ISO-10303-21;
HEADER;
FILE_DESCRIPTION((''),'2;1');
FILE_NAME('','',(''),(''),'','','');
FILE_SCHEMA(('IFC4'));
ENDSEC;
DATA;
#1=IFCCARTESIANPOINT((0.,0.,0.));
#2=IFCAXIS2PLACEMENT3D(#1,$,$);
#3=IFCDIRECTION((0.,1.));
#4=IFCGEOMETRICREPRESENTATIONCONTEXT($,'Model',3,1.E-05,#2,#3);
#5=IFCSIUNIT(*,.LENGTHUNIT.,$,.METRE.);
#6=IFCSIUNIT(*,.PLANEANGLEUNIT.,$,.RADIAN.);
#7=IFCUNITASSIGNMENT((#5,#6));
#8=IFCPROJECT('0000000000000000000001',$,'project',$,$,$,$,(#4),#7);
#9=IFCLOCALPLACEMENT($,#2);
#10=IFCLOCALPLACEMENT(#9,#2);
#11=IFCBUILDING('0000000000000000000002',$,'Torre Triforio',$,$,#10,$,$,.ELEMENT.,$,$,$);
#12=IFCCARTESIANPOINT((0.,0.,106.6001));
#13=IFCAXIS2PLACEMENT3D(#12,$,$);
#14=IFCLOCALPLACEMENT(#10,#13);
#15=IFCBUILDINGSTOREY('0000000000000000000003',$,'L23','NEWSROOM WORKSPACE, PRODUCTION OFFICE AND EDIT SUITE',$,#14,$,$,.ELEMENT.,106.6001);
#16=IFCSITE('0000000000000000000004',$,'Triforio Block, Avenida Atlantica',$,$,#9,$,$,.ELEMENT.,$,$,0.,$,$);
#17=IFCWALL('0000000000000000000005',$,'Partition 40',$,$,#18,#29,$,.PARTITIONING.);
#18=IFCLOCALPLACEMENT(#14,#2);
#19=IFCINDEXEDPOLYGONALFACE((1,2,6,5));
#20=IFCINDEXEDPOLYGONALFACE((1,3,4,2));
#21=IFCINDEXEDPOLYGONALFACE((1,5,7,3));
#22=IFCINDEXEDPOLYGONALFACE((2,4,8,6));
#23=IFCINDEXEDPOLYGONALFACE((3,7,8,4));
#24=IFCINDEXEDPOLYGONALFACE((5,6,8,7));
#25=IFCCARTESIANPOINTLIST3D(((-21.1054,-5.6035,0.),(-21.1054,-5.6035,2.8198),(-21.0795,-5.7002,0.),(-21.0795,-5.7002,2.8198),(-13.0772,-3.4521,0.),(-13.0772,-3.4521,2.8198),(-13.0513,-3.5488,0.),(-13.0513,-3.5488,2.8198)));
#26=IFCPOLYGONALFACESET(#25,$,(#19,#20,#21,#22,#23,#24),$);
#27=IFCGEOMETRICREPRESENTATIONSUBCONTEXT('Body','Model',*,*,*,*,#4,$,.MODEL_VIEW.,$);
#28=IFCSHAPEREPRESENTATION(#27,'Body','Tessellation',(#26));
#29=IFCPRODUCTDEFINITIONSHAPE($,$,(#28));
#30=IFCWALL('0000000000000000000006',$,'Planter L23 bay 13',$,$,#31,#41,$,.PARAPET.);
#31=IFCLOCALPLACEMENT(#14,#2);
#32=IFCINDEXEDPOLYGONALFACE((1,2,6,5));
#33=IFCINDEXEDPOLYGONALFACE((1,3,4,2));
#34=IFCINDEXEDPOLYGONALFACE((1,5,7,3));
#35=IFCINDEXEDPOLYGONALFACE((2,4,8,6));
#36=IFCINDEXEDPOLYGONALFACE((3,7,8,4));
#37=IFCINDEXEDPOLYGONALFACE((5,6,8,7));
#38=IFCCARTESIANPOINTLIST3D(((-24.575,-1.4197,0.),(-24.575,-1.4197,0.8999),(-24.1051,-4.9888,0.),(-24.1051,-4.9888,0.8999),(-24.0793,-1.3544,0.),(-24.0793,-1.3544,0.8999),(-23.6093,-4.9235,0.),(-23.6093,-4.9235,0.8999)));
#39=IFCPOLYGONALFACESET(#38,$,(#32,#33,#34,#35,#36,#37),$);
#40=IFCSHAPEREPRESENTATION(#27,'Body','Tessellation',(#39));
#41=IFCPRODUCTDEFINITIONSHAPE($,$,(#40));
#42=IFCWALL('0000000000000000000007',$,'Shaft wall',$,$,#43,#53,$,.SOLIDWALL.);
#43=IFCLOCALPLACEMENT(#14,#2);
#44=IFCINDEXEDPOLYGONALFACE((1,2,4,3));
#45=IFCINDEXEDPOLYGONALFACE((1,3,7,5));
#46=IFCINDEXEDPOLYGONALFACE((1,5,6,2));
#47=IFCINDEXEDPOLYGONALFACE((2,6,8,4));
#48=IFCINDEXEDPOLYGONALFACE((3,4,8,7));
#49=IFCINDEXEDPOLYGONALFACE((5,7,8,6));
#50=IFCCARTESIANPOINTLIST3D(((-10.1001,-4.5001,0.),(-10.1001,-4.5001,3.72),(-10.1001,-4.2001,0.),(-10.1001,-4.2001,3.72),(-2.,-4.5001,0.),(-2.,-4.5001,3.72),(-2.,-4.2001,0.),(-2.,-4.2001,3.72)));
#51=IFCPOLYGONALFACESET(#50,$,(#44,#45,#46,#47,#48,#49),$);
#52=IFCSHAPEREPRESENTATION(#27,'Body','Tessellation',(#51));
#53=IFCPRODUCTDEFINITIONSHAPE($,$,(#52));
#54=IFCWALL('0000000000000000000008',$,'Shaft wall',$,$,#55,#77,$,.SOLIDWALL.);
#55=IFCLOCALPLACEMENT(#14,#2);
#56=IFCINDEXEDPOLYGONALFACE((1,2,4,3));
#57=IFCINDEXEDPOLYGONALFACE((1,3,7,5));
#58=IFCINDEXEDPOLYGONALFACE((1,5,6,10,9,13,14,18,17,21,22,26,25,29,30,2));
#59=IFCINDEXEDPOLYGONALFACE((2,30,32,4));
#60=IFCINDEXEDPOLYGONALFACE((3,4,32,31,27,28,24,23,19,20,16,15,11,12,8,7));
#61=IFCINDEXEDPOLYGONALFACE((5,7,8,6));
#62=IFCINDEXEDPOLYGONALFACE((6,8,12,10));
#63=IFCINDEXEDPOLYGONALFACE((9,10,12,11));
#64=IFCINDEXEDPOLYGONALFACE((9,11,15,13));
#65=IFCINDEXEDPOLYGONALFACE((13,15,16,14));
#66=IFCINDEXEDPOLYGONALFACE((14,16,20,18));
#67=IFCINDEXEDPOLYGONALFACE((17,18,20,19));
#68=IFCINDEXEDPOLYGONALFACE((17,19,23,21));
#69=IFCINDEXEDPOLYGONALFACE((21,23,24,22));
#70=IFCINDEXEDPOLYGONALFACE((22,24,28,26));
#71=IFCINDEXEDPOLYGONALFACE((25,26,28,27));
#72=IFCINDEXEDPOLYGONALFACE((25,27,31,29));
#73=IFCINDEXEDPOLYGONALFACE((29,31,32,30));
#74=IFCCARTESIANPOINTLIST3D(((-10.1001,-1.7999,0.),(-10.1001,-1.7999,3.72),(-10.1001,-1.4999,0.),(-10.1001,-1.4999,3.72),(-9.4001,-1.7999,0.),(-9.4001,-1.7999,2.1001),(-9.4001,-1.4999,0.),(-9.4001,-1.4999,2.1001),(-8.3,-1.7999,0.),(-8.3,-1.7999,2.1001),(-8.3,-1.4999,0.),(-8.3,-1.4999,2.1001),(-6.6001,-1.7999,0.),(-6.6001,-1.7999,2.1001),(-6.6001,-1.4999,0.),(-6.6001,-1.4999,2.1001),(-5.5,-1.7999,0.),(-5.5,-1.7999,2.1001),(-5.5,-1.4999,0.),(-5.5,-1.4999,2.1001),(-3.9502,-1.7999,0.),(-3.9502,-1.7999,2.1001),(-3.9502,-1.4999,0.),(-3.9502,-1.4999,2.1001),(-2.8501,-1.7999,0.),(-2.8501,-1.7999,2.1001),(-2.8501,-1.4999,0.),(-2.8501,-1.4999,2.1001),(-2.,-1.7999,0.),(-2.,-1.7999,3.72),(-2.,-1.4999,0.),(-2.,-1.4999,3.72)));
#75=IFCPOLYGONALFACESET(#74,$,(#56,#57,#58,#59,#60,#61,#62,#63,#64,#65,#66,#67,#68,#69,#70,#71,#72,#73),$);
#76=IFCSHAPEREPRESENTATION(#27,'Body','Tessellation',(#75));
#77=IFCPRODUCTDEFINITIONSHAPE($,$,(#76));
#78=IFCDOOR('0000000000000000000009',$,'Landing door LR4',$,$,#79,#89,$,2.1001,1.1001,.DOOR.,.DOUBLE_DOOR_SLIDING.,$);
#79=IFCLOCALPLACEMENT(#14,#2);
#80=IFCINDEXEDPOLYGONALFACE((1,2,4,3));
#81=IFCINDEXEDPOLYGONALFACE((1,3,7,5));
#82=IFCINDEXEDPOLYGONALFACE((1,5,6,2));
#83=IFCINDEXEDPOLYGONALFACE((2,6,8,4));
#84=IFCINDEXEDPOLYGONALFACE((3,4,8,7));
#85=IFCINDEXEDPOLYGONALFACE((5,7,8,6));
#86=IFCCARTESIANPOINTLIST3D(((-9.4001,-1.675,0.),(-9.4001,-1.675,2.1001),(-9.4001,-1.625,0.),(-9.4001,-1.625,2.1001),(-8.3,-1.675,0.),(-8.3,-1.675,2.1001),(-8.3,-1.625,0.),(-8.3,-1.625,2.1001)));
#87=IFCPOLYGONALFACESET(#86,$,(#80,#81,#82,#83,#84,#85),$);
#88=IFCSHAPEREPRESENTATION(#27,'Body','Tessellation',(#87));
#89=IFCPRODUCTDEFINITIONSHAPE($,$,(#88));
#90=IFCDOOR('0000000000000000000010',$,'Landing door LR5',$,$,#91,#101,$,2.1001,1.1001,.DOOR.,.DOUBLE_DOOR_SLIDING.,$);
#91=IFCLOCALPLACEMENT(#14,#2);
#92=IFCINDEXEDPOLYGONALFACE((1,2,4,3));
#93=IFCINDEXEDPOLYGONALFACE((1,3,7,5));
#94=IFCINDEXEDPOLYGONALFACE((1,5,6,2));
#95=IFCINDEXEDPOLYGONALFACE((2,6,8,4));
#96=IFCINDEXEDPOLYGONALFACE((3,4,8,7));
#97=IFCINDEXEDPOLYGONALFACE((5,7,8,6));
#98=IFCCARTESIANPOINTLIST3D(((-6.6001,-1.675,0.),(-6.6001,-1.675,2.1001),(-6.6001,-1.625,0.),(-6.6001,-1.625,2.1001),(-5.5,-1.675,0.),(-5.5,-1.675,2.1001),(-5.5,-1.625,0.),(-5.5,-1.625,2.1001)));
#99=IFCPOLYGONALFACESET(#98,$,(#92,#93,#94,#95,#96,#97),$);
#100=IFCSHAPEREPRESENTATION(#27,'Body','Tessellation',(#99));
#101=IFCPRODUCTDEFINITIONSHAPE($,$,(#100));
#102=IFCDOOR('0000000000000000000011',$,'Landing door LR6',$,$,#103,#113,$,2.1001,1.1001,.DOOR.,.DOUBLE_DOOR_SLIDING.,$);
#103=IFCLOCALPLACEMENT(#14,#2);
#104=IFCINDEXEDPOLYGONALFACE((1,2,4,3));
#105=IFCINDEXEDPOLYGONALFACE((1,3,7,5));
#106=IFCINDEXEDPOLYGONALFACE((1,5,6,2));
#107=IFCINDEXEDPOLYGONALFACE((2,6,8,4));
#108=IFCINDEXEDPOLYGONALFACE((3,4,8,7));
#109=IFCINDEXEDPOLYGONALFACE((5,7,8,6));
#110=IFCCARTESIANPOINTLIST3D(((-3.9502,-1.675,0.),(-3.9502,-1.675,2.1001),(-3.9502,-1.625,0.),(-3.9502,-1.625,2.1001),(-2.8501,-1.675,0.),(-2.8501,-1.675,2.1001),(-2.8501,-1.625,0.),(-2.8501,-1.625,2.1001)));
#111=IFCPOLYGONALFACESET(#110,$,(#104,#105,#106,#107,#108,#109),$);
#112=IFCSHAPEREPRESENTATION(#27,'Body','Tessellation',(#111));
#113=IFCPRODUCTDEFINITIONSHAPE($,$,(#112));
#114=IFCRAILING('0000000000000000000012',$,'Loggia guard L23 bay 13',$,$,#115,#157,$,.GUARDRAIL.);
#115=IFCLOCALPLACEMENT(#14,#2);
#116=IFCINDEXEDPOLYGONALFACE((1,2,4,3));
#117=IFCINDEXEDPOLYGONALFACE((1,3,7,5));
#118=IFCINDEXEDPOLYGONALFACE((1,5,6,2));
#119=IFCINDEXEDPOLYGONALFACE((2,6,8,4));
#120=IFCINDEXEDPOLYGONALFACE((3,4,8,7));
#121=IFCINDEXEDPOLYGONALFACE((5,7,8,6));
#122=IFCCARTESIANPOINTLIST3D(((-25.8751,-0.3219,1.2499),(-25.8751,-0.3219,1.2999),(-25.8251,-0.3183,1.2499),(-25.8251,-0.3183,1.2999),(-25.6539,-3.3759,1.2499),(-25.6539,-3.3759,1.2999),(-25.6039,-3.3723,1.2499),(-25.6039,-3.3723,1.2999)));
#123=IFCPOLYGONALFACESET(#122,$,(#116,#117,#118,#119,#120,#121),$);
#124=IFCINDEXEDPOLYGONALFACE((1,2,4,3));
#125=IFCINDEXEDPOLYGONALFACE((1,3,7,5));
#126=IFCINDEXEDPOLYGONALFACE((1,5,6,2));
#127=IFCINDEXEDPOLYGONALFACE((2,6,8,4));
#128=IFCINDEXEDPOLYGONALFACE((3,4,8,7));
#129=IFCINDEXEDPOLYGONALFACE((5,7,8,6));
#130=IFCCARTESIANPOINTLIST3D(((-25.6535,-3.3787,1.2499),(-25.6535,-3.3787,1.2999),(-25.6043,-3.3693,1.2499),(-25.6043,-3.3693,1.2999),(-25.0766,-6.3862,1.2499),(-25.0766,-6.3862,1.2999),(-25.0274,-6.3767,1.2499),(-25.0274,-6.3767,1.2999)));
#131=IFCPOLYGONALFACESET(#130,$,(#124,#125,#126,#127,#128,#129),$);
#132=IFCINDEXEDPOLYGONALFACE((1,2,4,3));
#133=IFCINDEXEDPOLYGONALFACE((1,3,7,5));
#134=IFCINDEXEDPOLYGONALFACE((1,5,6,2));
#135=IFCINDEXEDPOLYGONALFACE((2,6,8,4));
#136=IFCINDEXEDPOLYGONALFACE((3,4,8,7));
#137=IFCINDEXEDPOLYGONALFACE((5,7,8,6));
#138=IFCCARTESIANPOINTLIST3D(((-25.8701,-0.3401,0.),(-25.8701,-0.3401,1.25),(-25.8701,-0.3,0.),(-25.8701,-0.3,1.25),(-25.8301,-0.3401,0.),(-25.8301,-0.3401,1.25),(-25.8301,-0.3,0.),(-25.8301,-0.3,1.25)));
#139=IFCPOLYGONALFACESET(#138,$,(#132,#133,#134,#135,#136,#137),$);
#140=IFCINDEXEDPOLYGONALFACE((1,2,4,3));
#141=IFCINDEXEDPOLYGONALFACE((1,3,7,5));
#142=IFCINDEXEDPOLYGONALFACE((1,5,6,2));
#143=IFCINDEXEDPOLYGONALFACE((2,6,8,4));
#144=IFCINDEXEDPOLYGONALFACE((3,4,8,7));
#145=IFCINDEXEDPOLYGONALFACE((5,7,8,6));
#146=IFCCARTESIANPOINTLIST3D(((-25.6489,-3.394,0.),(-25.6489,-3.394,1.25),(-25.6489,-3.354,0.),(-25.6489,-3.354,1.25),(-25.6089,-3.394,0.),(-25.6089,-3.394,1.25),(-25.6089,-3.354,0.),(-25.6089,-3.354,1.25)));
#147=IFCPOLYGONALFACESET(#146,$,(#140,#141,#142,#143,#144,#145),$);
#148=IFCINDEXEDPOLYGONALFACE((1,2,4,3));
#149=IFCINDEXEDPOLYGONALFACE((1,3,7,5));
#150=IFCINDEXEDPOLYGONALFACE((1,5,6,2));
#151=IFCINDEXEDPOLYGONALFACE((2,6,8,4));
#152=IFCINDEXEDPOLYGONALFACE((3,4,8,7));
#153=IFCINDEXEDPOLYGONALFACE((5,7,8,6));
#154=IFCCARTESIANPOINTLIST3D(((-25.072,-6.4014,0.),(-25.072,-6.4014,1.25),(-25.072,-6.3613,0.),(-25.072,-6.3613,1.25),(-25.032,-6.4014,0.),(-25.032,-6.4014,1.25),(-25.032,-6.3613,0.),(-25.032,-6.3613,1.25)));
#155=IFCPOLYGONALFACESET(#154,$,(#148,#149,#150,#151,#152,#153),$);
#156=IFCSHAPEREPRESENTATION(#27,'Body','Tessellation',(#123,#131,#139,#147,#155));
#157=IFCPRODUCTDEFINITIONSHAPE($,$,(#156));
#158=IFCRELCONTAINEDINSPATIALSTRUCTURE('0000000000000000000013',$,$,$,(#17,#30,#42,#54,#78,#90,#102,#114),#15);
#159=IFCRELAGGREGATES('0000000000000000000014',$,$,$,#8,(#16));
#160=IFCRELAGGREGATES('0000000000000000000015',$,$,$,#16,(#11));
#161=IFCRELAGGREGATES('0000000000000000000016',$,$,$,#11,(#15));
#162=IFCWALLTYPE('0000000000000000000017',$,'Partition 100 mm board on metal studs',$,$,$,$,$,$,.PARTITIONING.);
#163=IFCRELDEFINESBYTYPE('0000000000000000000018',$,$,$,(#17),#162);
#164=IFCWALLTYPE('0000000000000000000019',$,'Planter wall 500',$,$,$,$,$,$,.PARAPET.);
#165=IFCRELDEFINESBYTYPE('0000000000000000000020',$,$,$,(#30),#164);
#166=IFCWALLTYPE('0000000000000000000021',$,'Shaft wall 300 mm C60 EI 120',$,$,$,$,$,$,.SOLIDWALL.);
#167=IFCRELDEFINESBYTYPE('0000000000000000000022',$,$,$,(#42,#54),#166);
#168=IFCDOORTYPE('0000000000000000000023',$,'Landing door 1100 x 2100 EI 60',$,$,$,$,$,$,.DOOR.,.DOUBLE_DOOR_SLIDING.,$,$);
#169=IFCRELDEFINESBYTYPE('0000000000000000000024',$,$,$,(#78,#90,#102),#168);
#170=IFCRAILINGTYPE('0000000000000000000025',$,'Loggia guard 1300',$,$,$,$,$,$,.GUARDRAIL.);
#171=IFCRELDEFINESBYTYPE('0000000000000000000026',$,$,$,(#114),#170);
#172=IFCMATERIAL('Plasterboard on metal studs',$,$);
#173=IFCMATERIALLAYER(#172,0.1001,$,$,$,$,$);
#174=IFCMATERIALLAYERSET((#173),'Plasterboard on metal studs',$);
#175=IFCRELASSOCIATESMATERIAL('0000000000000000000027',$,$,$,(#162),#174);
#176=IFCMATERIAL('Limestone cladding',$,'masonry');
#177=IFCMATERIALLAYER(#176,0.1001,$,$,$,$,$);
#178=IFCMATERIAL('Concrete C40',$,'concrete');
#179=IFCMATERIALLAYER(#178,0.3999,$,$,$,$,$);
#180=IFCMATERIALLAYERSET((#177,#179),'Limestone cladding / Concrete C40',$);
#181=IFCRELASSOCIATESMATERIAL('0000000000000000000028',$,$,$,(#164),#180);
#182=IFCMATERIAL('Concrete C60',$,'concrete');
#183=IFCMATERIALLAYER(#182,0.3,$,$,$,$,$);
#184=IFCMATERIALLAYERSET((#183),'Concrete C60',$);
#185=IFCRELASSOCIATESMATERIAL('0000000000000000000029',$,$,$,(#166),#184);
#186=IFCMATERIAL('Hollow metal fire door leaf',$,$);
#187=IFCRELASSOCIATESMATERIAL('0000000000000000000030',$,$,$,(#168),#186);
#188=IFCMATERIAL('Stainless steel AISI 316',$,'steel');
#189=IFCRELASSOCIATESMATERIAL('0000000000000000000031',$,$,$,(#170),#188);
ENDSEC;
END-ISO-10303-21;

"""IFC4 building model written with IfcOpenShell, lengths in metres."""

from ifc_helpers import new_model, si_unit, direction, frame, frame_2d, origin, origin_2d, place, context, subcontext, project, spatial, rectangle, extrude, material, layer, layer_set, type_object, element, fill, save


model = new_model("IFC4")

# Units and contexts
model_context = context("Model", 3, precision=1e-05, world=origin(), true_north=direction((0.0, 1.0)))
body_context = subcontext(model_context, "Body", "Model", "MODEL_VIEW")
ifc_project = project(units=[si_unit("LENGTHUNIT", "METRE"), si_unit("PLANEANGLEUNIT", "RADIAN")], contexts=[model_context])

# Site, building, storey
site_placement = place(None, origin())
site = spatial("IfcSite", under=ifc_project, at=site_placement, Name="Triforio Block, Avenida Atlantica", CompositionType="ELEMENT", RefElevation=0.0)
building_placement = place(site_placement, origin())
building = spatial("IfcBuilding", under=site, at=building_placement, Name="Torre Triforio", CompositionType="ELEMENT")
storey_placement = place(building_placement, frame((0.0, 0.0, 106.6001)))
storey = spatial("IfcBuildingStorey", under=building, at=storey_placement, Name="L23", Description="NEWSROOM WORKSPACE, PRODUCTION OFFICE AND EDIT SUITE", CompositionType="ELEMENT", Elevation=106.6001)

# Shared definitions
ifc_material_1 = material(Name="Concrete C60", Category="concrete")

# Shared definitions
ifc_material_2 = material(Name="Hollow metal fire door leaf")

# Shared definitions
ifc_material_3 = material(Name="Plasterboard on metal studs")

# Walls
ifc_layer_1 = layer(ifc_material_3, 0.1001)
ifc_layer_set_1 = layer_set([ifc_layer_1], Name="Plasterboard on metal studs")
wall_type_1 = type_object("IfcWallType", Name="Partition 100 mm board on metal studs", PredefinedType="PARTITIONING", material=ifc_layer_set_1)
wall_1_placement = place(storey_placement, frame((-13.0642, -3.5005, 0.0), z_axis=(0.0, 0.0, 1.0), x_axis=(-0.96592, -0.25884, 0.0)))
element("IfcWall", 1, at=wall_1_placement, inside=storey, type_object=wall_type_1, Name="Partition 40", PredefinedType="PARTITIONING", context=body_context, shape_type="SweptSolid", body=[
    extrude(rectangle(XDim=8.3115, YDim=0.1001, at=frame_2d((4.1558, 0.0))), origin(), (0.0, 0.0, 1.0), 2.8198),
])
ifc_material_4 = material(Name="Limestone cladding", Category="masonry")
ifc_layer_2 = layer(ifc_material_4, 0.1001)
ifc_material_5 = material(Name="Concrete C40", Category="concrete")
ifc_layer_3 = layer(ifc_material_5, 0.3999)
ifc_layer_set_2 = layer_set([ifc_layer_2, ifc_layer_3], Name="Limestone cladding / Concrete C40")
wall_type_2 = type_object("IfcWallType", Name="Planter wall 500", PredefinedType="PARAPET", material=ifc_layer_set_2)
wall_2_placement = place(storey_placement, frame((-24.3271, -1.3872, 0.0), z_axis=(0.0, 0.0, 1.0), x_axis=(0.130551, -0.991442, 0.0)))
element("IfcWall", 2, at=wall_2_placement, inside=storey, type_object=wall_type_2, Name="Planter L23 bay 13", PredefinedType="PARAPET", context=body_context, shape_type="SweptSolid", body=[
    extrude(rectangle(XDim=3.5999, YDim=0.5, at=frame_2d((1.7998, 0.0))), origin(), (0.0, 0.0, 1.0), 0.8999),
])
ifc_layer_4 = layer(ifc_material_1, 0.3)
ifc_layer_set_3 = layer_set([ifc_layer_4], Name="Concrete C60")
wall_type_3 = type_object("IfcWallType", Name="Shaft wall 300 mm C60 EI 120", PredefinedType="SOLIDWALL", material=ifc_layer_set_3)
wall_3_placement = place(storey_placement, frame((-10.1001, -4.3501, 0.0), z_axis=(0.0, 0.0, 1.0), x_axis=(1.0, 0.0, 0.0)))
element("IfcWall", 3, at=wall_3_placement, inside=storey, type_object=wall_type_3, Name="Shaft wall", PredefinedType="SOLIDWALL", context=body_context, shape_type="SweptSolid", body=[
    extrude(rectangle(XDim=8.1001, YDim=0.3, at=frame_2d((4.05, 0.0))), origin(), (0.0, 0.0, 1.0), 3.72),
])

# Wall, openings, doors
wall_4_placement = place(storey_placement, frame((-10.1001, -1.6499, 0.0), z_axis=(0.0, 0.0, 1.0), x_axis=(1.0, 0.0, 0.0)))
wall_4 = element("IfcWall", 4, at=wall_4_placement, inside=storey, type_object=wall_type_3, Name="Shaft wall", PredefinedType="SOLIDWALL", context=body_context, shape_type="SweptSolid", body=[
    extrude(rectangle(XDim=8.1001, YDim=0.3, at=frame_2d((4.05, 0.0))), origin(), (0.0, 0.0, 1.0), 3.72),
])
opening_1_placement = place(wall_4_placement, frame((0.7, 0.0, 0.0)))
opening_1 = element("IfcOpeningElement", 5, at=opening_1_placement, cuts=wall_4, PredefinedType="OPENING", context=body_context, shape_type="SweptSolid", body=[
    extrude(rectangle(XDim=1.1001, YDim=2.1001, at=frame_2d((0.55, 1.05))), frame((0.0, 0.1599, 0.0), z_axis=(0.0, -1.0, 0.0), x_axis=(1.0, 0.0, 0.0)), (0.0, 0.0, 1.0), 0.3201),
])
opening_2_placement = place(wall_4_placement, frame((3.5, 0.0, 0.0)))
opening_2 = element("IfcOpeningElement", 6, at=opening_2_placement, cuts=wall_4, PredefinedType="OPENING", context=body_context, shape_type="SweptSolid", body=[
    extrude(rectangle(XDim=1.1001, YDim=2.1001, at=frame_2d((0.55, 1.05))), frame((0.0, 0.1599, 0.0), z_axis=(0.0, -1.0, 0.0), x_axis=(1.0, 0.0, 0.0)), (0.0, 0.0, 1.0), 0.3201),
])
opening_3_placement = place(wall_4_placement, frame((6.1499, 0.0, 0.0)))
opening_3 = element("IfcOpeningElement", 7, at=opening_3_placement, cuts=wall_4, PredefinedType="OPENING", context=body_context, shape_type="SweptSolid", body=[
    extrude(rectangle(XDim=1.1001, YDim=2.1001, at=frame_2d((0.55, 1.05))), frame((0.0, 0.1599, 0.0), z_axis=(0.0, -1.0, 0.0), x_axis=(1.0, 0.0, 0.0)), (0.0, 0.0, 1.0), 0.3201),
])
door_type_1 = type_object("IfcDoorType", Name="Landing door 1100 x 2100 EI 60", OperationType="DOUBLE_DOOR_SLIDING", PredefinedType="DOOR", material=ifc_material_2)
door_1_placement = place(opening_1_placement, origin())
door_1 = element("IfcDoor", 8, at=door_1_placement, inside=storey, type_object=door_type_1, Name="Landing door LR4", OperationType="DOUBLE_DOOR_SLIDING", OverallHeight=2.1001, OverallWidth=1.1001, PredefinedType="DOOR", context=body_context, shape_type="SweptSolid", body=[
    extrude(rectangle(XDim=1.1001, YDim=2.1001, at=frame_2d((0.55, 1.05))), frame((0.0, 0.0249, 0.0), z_axis=(0.0, -1.0, 0.0), x_axis=(1.0, 0.0, 0.0)), (0.0, 0.0, 1.0), 0.05),
])
fill(opening_1, door_1)
door_2_placement = place(opening_2_placement, origin())
door_2 = element("IfcDoor", 9, at=door_2_placement, inside=storey, type_object=door_type_1, Name="Landing door LR5", OperationType="DOUBLE_DOOR_SLIDING", OverallHeight=2.1001, OverallWidth=1.1001, PredefinedType="DOOR", context=body_context, shape_type="SweptSolid", body=[
    extrude(rectangle(XDim=1.1001, YDim=2.1001, at=frame_2d((0.55, 1.05))), frame((0.0, 0.0249, 0.0), z_axis=(0.0, -1.0, 0.0), x_axis=(1.0, 0.0, 0.0)), (0.0, 0.0, 1.0), 0.05),
])
fill(opening_2, door_2)
door_3_placement = place(opening_3_placement, origin())
door_3 = element("IfcDoor", 10, at=door_3_placement, inside=storey, type_object=door_type_1, Name="Landing door LR6", OperationType="DOUBLE_DOOR_SLIDING", OverallHeight=2.1001, OverallWidth=1.1001, PredefinedType="DOOR", context=body_context, shape_type="SweptSolid", body=[
    extrude(rectangle(XDim=1.1001, YDim=2.1001, at=frame_2d((0.55, 1.05))), frame((0.0, 0.0249, 0.0), z_axis=(0.0, -1.0, 0.0), x_axis=(1.0, 0.0, 0.0)), (0.0, 0.0, 1.0), 0.05),
])
fill(opening_3, door_3)

# Railing
ifc_material_6 = material(Name="Stainless steel AISI 316", Category="steel")
railing_type = type_object("IfcRailingType", Name="Loggia guard 1300", PredefinedType="GUARDRAIL", material=ifc_material_6)
railing_placement = place(storey_placement, frame((-25.8501, -0.3201, 0.0)))
element("IfcRailing", 11, at=railing_placement, inside=storey, type_object=railing_type, Name="Loggia guard L23 bay 13", PredefinedType="GUARDRAIL", context=body_context, shape_type="SweptSolid", body=[
    extrude(rectangle(XDim=0.05, YDim=0.05, at=origin_2d()), frame((0.0, 0.0, 1.2749), z_axis=(0.072239, -0.997387, 0.0), x_axis=(0.997387, 0.072239, 0.0)), (0.0, 0.0, 1.0), 3.062),
    extrude(rectangle(XDim=0.05, YDim=0.05, at=origin_2d()), frame((0.2212, -3.054, 1.2749), z_axis=(0.188398, -0.982093, 0.0), x_axis=(0.982093, 0.188398, 0.0)), (0.0, 0.0, 1.0), 3.0623),
    extrude(rectangle(XDim=0.04, YDim=0.04, at=origin_2d()), origin(), (0.0, 0.0, 1.0), 1.25),
    extrude(rectangle(XDim=0.04, YDim=0.04, at=origin_2d()), frame((0.2212, -3.054, 0.0)), (0.0, 0.0, 1.0), 1.25),
    extrude(rectangle(XDim=0.04, YDim=0.04, at=origin_2d()), frame((0.7981, -6.0613, 0.0)), (0.0, 0.0, 1.0), 1.25),
])

save(model, "model.ifc")
